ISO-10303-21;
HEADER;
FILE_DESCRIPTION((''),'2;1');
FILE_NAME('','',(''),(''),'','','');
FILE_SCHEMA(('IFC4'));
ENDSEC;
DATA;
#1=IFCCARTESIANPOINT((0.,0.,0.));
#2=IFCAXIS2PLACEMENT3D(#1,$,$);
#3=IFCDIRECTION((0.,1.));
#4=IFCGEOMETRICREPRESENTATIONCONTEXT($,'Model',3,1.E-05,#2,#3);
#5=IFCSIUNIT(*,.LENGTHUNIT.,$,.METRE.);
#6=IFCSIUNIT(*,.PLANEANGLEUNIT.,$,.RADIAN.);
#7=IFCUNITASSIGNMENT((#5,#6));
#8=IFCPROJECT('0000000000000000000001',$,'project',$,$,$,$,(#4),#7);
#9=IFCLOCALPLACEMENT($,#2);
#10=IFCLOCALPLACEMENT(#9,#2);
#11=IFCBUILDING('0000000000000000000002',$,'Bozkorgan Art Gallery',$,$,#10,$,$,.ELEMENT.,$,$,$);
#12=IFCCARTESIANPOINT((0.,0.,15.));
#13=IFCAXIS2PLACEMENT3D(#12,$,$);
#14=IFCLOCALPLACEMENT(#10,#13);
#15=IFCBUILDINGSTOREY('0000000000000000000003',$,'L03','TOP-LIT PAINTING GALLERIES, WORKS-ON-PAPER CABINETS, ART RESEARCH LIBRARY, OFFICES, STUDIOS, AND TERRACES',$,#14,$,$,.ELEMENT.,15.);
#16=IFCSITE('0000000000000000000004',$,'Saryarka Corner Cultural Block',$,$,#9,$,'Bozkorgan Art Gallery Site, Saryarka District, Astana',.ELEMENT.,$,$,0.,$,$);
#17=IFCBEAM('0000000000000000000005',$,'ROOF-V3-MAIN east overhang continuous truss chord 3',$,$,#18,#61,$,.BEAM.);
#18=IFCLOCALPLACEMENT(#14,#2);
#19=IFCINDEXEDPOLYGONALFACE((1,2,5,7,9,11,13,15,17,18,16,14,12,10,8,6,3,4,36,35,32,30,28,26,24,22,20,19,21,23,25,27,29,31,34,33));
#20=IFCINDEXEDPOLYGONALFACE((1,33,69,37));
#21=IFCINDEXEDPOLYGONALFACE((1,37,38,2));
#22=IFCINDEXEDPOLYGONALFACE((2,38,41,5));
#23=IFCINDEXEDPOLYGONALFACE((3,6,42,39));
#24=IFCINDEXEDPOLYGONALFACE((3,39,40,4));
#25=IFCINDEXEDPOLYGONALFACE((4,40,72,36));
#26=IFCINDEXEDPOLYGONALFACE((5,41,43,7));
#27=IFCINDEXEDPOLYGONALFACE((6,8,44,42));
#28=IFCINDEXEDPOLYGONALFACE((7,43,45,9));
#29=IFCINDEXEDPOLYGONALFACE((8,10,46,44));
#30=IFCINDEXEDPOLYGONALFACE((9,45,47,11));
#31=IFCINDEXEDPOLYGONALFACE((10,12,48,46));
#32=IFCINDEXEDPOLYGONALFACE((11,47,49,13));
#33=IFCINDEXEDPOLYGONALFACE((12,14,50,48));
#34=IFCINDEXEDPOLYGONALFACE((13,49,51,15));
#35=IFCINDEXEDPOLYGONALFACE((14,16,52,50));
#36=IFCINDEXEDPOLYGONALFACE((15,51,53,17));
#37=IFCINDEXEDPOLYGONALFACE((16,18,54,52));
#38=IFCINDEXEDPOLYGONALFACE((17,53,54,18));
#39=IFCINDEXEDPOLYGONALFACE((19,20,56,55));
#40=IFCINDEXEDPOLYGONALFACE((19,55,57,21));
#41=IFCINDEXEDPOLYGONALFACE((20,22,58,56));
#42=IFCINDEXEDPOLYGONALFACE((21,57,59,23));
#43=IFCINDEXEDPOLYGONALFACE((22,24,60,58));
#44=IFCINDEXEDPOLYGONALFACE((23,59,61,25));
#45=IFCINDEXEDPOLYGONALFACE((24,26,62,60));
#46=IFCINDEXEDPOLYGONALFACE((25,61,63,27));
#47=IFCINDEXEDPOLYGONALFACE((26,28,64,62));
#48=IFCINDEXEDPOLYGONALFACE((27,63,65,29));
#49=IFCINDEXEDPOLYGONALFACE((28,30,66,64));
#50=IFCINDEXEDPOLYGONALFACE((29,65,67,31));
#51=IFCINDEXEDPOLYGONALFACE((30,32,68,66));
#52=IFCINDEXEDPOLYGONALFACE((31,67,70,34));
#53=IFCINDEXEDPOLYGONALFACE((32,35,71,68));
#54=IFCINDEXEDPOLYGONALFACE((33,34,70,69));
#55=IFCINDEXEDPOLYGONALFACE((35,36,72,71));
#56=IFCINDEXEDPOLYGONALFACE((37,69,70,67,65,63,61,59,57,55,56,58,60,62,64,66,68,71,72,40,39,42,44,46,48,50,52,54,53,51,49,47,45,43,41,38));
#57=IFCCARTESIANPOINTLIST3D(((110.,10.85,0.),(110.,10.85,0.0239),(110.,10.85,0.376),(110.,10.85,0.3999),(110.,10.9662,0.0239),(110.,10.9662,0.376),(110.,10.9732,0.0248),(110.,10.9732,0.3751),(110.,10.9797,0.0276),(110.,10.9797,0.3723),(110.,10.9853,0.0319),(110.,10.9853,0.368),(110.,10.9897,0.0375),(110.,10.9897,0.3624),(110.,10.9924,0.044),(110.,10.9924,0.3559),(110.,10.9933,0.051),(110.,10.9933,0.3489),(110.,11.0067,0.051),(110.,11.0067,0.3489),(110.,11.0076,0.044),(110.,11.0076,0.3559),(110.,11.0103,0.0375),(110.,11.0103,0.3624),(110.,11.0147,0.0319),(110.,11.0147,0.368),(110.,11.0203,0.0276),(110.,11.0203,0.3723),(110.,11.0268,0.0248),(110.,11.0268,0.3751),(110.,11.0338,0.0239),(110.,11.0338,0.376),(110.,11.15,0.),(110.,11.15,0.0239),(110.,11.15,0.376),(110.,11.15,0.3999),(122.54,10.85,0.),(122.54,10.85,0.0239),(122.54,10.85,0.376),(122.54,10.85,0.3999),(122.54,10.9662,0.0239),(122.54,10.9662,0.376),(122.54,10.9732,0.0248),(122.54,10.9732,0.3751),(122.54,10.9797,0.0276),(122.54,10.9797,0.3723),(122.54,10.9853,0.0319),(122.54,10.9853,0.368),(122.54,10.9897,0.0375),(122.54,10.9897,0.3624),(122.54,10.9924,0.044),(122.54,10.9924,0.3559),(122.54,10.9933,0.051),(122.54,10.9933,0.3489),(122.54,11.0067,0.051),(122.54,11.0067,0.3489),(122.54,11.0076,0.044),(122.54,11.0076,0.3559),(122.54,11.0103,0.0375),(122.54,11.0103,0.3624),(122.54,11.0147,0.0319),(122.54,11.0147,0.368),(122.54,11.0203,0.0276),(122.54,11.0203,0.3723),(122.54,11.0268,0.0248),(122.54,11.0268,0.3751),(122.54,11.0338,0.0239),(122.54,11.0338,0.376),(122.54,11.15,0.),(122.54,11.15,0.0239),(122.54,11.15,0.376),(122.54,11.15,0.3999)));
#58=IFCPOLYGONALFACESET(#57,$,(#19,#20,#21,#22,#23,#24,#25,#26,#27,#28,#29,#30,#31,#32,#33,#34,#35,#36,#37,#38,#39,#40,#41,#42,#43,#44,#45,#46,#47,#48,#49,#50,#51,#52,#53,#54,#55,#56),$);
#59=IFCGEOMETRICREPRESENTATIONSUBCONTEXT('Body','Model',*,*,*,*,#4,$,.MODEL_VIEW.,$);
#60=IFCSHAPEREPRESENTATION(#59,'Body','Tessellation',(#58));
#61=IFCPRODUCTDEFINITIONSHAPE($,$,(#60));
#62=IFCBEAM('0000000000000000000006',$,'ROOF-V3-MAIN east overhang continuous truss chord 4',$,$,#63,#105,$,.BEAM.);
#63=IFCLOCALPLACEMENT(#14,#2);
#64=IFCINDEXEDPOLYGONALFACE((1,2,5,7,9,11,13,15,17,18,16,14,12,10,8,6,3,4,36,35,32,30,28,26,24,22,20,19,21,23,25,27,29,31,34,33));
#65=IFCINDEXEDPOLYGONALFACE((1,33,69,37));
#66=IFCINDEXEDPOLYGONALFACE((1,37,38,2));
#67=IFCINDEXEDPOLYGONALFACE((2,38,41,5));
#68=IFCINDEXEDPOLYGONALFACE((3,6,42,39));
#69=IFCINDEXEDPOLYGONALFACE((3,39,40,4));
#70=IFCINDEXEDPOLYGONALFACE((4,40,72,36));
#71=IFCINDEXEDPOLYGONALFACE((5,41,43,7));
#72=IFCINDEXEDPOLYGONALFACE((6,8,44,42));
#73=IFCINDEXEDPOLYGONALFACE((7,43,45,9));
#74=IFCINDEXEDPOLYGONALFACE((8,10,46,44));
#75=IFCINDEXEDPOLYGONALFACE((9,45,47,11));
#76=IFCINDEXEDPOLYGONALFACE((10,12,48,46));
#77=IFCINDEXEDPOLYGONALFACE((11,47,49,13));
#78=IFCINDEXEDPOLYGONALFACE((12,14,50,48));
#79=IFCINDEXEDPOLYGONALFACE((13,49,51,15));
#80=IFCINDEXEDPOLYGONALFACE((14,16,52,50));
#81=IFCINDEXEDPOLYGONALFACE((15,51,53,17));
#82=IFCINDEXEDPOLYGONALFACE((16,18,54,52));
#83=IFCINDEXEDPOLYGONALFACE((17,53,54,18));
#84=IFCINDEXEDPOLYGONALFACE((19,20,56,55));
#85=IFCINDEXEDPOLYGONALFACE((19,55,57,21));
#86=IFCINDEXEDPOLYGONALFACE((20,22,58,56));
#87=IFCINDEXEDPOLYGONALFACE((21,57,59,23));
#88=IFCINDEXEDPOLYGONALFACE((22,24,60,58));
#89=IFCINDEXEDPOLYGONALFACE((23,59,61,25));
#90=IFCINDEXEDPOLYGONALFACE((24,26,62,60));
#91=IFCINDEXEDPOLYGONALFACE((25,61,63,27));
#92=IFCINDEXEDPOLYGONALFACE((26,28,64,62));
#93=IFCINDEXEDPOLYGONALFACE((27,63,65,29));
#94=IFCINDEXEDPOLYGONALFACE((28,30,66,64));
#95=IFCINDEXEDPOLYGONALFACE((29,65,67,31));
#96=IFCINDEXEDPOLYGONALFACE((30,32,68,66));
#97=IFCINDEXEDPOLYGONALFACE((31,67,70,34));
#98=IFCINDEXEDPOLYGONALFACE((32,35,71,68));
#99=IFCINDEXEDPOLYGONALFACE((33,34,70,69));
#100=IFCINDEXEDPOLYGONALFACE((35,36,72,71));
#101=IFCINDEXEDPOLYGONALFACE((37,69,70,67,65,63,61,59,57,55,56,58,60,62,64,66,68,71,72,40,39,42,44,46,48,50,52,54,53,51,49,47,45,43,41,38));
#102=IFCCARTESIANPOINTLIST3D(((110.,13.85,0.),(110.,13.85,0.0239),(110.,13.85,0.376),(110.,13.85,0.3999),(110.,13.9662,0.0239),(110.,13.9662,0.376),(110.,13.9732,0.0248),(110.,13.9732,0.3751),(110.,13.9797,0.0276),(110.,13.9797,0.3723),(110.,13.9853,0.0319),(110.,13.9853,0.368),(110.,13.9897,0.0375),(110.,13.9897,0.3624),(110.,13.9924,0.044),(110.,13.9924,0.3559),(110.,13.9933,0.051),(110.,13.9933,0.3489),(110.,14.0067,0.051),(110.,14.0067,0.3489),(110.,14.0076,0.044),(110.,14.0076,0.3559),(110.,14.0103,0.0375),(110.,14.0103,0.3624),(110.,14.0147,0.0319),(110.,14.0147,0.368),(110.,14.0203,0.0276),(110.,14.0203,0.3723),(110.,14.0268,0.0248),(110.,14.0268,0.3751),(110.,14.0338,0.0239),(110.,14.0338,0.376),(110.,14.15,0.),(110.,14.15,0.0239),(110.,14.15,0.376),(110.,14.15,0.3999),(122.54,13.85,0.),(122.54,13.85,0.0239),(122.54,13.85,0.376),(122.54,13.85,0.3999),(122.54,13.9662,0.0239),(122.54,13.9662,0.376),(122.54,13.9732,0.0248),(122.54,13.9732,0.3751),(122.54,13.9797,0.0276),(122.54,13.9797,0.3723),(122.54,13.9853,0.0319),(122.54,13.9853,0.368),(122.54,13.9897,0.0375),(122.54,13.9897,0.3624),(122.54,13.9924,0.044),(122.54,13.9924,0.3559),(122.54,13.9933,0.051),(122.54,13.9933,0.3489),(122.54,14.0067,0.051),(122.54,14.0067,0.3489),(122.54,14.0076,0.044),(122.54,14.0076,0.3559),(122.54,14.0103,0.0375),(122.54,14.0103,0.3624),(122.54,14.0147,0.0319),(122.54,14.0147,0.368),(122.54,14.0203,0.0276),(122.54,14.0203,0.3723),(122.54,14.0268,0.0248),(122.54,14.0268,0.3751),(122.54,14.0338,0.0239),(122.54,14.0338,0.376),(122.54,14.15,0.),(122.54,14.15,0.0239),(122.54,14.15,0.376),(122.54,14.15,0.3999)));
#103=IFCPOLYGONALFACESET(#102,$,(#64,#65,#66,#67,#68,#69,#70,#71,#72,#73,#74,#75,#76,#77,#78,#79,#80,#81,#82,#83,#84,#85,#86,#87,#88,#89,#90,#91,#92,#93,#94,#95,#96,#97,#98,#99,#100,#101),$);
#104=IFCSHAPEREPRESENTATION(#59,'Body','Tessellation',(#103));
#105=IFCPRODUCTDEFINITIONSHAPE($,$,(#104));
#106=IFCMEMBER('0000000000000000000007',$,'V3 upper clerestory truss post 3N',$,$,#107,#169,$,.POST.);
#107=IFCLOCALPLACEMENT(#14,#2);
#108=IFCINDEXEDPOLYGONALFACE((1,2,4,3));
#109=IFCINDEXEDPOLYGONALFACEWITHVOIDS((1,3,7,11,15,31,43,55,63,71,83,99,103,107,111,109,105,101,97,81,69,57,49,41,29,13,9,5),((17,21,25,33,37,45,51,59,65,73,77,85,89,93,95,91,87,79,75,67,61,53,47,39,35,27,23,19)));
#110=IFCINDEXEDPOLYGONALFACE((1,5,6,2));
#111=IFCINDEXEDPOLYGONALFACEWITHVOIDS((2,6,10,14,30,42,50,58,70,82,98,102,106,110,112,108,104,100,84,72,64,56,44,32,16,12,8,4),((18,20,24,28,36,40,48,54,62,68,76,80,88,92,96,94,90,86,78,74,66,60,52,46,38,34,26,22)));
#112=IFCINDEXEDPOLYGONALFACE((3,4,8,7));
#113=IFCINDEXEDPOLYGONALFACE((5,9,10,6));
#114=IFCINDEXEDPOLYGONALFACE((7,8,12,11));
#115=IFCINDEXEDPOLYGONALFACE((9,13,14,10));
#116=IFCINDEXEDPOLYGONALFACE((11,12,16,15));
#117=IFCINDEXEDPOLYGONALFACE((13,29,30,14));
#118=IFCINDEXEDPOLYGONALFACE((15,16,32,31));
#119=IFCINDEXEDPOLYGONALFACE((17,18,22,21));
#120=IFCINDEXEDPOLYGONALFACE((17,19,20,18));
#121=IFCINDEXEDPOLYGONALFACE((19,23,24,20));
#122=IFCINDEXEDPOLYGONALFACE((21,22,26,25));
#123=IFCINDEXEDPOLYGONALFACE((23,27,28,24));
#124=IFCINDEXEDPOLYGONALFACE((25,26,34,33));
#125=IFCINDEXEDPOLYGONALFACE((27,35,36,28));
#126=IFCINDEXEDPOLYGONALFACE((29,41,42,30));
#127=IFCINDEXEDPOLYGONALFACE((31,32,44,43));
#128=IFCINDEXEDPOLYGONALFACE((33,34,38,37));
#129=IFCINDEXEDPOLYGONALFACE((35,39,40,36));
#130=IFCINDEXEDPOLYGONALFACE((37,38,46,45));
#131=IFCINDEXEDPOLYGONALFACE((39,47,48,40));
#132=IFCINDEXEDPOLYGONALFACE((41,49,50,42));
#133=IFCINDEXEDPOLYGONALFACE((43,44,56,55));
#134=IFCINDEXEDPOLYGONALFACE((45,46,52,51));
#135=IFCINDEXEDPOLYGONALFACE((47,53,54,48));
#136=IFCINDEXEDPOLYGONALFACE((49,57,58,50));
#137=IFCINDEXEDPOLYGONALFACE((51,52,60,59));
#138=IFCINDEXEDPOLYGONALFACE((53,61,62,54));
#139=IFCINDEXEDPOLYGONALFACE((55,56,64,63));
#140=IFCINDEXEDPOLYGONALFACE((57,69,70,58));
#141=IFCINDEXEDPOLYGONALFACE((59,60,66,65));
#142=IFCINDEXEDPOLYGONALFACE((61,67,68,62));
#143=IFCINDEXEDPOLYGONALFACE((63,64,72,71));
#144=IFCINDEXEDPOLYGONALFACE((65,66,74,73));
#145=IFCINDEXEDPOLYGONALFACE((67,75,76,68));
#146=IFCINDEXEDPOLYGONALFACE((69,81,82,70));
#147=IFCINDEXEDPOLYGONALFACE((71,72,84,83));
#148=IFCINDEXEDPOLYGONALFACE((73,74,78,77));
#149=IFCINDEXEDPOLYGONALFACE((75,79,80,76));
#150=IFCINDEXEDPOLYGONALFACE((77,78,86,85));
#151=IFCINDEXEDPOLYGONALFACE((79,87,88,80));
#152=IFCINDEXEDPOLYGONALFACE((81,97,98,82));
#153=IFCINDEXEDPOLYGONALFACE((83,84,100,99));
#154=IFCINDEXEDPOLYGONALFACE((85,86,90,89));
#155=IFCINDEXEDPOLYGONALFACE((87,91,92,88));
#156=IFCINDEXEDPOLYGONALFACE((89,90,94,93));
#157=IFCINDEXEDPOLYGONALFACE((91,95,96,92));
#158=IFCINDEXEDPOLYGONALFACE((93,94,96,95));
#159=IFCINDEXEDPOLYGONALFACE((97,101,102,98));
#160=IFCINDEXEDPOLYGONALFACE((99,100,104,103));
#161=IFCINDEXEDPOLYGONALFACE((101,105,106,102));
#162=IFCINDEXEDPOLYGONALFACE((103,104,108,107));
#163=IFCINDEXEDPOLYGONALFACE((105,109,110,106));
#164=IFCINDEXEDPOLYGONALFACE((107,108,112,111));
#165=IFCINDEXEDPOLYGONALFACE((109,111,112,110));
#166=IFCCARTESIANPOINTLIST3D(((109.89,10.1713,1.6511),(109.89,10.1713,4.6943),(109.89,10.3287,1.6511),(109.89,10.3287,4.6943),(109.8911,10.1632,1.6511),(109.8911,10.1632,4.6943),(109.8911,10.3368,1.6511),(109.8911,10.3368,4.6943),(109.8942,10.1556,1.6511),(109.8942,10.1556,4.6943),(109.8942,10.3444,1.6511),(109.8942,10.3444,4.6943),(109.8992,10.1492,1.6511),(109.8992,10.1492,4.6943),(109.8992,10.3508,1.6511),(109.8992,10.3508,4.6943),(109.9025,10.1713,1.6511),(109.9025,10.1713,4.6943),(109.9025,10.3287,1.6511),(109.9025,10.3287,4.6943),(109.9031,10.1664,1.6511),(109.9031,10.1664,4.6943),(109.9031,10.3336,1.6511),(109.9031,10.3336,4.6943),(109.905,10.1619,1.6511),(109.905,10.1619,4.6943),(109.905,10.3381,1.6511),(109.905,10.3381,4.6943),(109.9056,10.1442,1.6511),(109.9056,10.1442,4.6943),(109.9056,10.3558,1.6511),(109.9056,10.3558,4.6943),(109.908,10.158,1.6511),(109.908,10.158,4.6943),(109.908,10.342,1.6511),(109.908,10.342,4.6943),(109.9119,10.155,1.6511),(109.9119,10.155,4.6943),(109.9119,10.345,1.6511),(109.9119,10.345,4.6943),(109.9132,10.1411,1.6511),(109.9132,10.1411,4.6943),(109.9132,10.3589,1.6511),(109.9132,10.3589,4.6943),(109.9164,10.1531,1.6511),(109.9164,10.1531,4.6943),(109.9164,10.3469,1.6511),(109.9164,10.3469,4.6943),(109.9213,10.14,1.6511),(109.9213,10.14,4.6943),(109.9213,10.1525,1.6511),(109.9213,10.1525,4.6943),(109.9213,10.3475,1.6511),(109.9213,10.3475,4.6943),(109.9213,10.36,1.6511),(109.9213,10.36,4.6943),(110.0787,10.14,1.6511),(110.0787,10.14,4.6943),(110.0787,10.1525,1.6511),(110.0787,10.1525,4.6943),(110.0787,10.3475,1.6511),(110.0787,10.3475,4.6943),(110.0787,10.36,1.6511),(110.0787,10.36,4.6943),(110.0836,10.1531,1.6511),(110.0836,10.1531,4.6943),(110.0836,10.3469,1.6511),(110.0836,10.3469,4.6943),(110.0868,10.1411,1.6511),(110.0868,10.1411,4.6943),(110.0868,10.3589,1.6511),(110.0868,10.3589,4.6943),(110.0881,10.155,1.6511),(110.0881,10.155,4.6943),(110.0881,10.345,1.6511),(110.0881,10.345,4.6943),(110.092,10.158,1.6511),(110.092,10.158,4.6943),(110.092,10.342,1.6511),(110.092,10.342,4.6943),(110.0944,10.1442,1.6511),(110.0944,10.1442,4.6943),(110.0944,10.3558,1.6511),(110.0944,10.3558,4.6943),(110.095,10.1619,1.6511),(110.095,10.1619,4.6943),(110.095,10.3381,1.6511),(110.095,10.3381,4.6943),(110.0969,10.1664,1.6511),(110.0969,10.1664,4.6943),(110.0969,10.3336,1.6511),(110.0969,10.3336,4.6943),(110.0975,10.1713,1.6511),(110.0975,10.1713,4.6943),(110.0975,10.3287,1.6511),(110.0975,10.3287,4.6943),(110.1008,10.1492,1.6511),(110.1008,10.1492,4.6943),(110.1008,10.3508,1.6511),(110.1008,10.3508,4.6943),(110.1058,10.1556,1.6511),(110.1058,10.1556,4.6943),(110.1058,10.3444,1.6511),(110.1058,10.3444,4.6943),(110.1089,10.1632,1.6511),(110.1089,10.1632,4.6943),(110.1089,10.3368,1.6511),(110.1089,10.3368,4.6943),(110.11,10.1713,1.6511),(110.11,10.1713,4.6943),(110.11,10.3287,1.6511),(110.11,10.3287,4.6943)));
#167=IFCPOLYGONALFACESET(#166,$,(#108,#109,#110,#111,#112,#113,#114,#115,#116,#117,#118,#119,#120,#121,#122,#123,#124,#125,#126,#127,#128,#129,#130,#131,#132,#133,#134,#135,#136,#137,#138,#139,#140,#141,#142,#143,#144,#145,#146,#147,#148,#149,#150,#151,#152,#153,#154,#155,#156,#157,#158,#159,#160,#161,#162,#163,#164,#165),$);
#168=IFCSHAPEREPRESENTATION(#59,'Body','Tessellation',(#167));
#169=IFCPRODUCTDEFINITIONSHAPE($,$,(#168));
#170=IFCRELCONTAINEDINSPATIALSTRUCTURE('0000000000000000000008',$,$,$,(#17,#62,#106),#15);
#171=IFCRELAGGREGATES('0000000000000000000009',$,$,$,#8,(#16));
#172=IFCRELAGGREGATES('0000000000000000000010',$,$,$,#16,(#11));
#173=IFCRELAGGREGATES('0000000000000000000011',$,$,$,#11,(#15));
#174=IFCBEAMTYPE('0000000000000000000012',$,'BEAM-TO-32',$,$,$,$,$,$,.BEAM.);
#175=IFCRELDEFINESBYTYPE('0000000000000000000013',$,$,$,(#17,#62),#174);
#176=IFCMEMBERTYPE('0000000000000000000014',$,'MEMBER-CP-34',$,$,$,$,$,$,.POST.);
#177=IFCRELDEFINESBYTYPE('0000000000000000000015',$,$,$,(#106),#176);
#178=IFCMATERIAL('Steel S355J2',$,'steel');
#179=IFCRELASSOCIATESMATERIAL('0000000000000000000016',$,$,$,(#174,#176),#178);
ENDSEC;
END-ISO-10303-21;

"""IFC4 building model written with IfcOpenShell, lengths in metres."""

from ifc_helpers import new_model, si_unit, direction, frame, origin, origin_2d, place, context, subcontext, project, spatial, hollow_rectangle, i_section, extrude, material, material_profile, profile_set, type_object, element, save


model = new_model("IFC4")

# Units and contexts
model_context = context("Model", 3, precision=1e-05, world=origin(), true_north=direction((0.0, 1.0)))
body_context = subcontext(model_context, "Body", "Model", "MODEL_VIEW")
ifc_project = project(units=[si_unit("LENGTHUNIT", "METRE"), si_unit("PLANEANGLEUNIT", "RADIAN")], contexts=[model_context])

# Site, building, storey
site_placement = place(None, origin())
site = spatial("IfcSite", under=ifc_project, at=site_placement, Name="Saryarka Corner Cultural Block", LongName="Bozkorgan Art Gallery Site, Saryarka District, Astana", CompositionType="ELEMENT", RefElevation=0.0)
building_placement = place(site_placement, origin())
building = spatial("IfcBuilding", under=site, at=building_placement, Name="Bozkorgan Art Gallery", CompositionType="ELEMENT")
storey_placement = place(building_placement, frame((0.0, 0.0, 15.0)))
storey = spatial("IfcBuildingStorey", under=building, at=storey_placement, Name="L03", Description="TOP-LIT PAINTING GALLERIES, WORKS-ON-PAPER CABINETS, ART RESEARCH LIBRARY, OFFICES, STUDIOS, AND TERRACES", CompositionType="ELEMENT", Elevation=15.0)

# Beams
ifc_material_1 = material(Name="Steel S355J2", Category="steel")
ifc_material_profile_1 = material_profile(ifc_material_1, i_section(OverallWidth=0.3, OverallDepth=0.3999, WebThickness=0.0134, FlangeThickness=0.0239, FilletRadius=0.0271, at=origin_2d()), Name="HEB 400")
ifc_profile_set_1 = profile_set([ifc_material_profile_1], Name="Steel S355J2")
beam_type = type_object("IfcBeamType", Name="BEAM-TO-32", PredefinedType="BEAM", material=ifc_profile_set_1)
for number, where, z_axis, x_axis, name in (
    (1, (110.0, 11.0, 0.2), (1.0, 0.0, 0.0), (0.0, 1.0, 0.0), "ROOF-V3-MAIN east overhang continuous truss chord 3"),
    (2, (110.0, 14.0, 0.2), (1.0, 0.0, 0.0), (0.0, 1.0, 0.0), "ROOF-V3-MAIN east overhang continuous truss chord 4"),
):
    element("IfcBeam", number, at=place(storey_placement, frame(where, z_axis=z_axis, x_axis=x_axis)), inside=storey, type_object=beam_type, Name=name, PredefinedType="BEAM", context=body_context, shape_type="SweptSolid", body=[
        extrude(i_section(OverallWidth=0.3, OverallDepth=0.3999, WebThickness=0.0134, FlangeThickness=0.0239, FilletRadius=0.0271, at=origin_2d()), origin(), (0.0, 0.0, 1.0), 12.54),
    ])

# Member
ifc_material_profile_2 = material_profile(ifc_material_1, hollow_rectangle(XDim=0.22, YDim=0.22, WallThickness=0.0125, InnerFilletRadius=0.0188, OuterFilletRadius=0.0312, at=origin_2d()), Name="SHS 220x220x12.5")
ifc_profile_set_2 = profile_set([ifc_material_profile_2], Name="Steel S355J2")
member_type_1 = type_object("IfcMemberType", Name="MEMBER-CP-34", PredefinedType="POST", material=ifc_profile_set_2)
member_1_placement = place(storey_placement, frame((110.0, 10.25, 1.6511), z_axis=(0.0, 0.0, 1.0), x_axis=(1.0, 0.0, 0.0)))
element("IfcMember", 3, at=member_1_placement, inside=storey, type_object=member_type_1, Name="V3 upper clerestory truss post 3N", PredefinedType="POST", context=body_context, shape_type="SweptSolid", body=[
    extrude(hollow_rectangle(XDim=0.22, YDim=0.22, WallThickness=0.0125, InnerFilletRadius=0.0188, OuterFilletRadius=0.0312, at=origin_2d()), origin(), (0.0, 0.0, 1.0), 3.0432),
])

save(model, "model.ifc")
